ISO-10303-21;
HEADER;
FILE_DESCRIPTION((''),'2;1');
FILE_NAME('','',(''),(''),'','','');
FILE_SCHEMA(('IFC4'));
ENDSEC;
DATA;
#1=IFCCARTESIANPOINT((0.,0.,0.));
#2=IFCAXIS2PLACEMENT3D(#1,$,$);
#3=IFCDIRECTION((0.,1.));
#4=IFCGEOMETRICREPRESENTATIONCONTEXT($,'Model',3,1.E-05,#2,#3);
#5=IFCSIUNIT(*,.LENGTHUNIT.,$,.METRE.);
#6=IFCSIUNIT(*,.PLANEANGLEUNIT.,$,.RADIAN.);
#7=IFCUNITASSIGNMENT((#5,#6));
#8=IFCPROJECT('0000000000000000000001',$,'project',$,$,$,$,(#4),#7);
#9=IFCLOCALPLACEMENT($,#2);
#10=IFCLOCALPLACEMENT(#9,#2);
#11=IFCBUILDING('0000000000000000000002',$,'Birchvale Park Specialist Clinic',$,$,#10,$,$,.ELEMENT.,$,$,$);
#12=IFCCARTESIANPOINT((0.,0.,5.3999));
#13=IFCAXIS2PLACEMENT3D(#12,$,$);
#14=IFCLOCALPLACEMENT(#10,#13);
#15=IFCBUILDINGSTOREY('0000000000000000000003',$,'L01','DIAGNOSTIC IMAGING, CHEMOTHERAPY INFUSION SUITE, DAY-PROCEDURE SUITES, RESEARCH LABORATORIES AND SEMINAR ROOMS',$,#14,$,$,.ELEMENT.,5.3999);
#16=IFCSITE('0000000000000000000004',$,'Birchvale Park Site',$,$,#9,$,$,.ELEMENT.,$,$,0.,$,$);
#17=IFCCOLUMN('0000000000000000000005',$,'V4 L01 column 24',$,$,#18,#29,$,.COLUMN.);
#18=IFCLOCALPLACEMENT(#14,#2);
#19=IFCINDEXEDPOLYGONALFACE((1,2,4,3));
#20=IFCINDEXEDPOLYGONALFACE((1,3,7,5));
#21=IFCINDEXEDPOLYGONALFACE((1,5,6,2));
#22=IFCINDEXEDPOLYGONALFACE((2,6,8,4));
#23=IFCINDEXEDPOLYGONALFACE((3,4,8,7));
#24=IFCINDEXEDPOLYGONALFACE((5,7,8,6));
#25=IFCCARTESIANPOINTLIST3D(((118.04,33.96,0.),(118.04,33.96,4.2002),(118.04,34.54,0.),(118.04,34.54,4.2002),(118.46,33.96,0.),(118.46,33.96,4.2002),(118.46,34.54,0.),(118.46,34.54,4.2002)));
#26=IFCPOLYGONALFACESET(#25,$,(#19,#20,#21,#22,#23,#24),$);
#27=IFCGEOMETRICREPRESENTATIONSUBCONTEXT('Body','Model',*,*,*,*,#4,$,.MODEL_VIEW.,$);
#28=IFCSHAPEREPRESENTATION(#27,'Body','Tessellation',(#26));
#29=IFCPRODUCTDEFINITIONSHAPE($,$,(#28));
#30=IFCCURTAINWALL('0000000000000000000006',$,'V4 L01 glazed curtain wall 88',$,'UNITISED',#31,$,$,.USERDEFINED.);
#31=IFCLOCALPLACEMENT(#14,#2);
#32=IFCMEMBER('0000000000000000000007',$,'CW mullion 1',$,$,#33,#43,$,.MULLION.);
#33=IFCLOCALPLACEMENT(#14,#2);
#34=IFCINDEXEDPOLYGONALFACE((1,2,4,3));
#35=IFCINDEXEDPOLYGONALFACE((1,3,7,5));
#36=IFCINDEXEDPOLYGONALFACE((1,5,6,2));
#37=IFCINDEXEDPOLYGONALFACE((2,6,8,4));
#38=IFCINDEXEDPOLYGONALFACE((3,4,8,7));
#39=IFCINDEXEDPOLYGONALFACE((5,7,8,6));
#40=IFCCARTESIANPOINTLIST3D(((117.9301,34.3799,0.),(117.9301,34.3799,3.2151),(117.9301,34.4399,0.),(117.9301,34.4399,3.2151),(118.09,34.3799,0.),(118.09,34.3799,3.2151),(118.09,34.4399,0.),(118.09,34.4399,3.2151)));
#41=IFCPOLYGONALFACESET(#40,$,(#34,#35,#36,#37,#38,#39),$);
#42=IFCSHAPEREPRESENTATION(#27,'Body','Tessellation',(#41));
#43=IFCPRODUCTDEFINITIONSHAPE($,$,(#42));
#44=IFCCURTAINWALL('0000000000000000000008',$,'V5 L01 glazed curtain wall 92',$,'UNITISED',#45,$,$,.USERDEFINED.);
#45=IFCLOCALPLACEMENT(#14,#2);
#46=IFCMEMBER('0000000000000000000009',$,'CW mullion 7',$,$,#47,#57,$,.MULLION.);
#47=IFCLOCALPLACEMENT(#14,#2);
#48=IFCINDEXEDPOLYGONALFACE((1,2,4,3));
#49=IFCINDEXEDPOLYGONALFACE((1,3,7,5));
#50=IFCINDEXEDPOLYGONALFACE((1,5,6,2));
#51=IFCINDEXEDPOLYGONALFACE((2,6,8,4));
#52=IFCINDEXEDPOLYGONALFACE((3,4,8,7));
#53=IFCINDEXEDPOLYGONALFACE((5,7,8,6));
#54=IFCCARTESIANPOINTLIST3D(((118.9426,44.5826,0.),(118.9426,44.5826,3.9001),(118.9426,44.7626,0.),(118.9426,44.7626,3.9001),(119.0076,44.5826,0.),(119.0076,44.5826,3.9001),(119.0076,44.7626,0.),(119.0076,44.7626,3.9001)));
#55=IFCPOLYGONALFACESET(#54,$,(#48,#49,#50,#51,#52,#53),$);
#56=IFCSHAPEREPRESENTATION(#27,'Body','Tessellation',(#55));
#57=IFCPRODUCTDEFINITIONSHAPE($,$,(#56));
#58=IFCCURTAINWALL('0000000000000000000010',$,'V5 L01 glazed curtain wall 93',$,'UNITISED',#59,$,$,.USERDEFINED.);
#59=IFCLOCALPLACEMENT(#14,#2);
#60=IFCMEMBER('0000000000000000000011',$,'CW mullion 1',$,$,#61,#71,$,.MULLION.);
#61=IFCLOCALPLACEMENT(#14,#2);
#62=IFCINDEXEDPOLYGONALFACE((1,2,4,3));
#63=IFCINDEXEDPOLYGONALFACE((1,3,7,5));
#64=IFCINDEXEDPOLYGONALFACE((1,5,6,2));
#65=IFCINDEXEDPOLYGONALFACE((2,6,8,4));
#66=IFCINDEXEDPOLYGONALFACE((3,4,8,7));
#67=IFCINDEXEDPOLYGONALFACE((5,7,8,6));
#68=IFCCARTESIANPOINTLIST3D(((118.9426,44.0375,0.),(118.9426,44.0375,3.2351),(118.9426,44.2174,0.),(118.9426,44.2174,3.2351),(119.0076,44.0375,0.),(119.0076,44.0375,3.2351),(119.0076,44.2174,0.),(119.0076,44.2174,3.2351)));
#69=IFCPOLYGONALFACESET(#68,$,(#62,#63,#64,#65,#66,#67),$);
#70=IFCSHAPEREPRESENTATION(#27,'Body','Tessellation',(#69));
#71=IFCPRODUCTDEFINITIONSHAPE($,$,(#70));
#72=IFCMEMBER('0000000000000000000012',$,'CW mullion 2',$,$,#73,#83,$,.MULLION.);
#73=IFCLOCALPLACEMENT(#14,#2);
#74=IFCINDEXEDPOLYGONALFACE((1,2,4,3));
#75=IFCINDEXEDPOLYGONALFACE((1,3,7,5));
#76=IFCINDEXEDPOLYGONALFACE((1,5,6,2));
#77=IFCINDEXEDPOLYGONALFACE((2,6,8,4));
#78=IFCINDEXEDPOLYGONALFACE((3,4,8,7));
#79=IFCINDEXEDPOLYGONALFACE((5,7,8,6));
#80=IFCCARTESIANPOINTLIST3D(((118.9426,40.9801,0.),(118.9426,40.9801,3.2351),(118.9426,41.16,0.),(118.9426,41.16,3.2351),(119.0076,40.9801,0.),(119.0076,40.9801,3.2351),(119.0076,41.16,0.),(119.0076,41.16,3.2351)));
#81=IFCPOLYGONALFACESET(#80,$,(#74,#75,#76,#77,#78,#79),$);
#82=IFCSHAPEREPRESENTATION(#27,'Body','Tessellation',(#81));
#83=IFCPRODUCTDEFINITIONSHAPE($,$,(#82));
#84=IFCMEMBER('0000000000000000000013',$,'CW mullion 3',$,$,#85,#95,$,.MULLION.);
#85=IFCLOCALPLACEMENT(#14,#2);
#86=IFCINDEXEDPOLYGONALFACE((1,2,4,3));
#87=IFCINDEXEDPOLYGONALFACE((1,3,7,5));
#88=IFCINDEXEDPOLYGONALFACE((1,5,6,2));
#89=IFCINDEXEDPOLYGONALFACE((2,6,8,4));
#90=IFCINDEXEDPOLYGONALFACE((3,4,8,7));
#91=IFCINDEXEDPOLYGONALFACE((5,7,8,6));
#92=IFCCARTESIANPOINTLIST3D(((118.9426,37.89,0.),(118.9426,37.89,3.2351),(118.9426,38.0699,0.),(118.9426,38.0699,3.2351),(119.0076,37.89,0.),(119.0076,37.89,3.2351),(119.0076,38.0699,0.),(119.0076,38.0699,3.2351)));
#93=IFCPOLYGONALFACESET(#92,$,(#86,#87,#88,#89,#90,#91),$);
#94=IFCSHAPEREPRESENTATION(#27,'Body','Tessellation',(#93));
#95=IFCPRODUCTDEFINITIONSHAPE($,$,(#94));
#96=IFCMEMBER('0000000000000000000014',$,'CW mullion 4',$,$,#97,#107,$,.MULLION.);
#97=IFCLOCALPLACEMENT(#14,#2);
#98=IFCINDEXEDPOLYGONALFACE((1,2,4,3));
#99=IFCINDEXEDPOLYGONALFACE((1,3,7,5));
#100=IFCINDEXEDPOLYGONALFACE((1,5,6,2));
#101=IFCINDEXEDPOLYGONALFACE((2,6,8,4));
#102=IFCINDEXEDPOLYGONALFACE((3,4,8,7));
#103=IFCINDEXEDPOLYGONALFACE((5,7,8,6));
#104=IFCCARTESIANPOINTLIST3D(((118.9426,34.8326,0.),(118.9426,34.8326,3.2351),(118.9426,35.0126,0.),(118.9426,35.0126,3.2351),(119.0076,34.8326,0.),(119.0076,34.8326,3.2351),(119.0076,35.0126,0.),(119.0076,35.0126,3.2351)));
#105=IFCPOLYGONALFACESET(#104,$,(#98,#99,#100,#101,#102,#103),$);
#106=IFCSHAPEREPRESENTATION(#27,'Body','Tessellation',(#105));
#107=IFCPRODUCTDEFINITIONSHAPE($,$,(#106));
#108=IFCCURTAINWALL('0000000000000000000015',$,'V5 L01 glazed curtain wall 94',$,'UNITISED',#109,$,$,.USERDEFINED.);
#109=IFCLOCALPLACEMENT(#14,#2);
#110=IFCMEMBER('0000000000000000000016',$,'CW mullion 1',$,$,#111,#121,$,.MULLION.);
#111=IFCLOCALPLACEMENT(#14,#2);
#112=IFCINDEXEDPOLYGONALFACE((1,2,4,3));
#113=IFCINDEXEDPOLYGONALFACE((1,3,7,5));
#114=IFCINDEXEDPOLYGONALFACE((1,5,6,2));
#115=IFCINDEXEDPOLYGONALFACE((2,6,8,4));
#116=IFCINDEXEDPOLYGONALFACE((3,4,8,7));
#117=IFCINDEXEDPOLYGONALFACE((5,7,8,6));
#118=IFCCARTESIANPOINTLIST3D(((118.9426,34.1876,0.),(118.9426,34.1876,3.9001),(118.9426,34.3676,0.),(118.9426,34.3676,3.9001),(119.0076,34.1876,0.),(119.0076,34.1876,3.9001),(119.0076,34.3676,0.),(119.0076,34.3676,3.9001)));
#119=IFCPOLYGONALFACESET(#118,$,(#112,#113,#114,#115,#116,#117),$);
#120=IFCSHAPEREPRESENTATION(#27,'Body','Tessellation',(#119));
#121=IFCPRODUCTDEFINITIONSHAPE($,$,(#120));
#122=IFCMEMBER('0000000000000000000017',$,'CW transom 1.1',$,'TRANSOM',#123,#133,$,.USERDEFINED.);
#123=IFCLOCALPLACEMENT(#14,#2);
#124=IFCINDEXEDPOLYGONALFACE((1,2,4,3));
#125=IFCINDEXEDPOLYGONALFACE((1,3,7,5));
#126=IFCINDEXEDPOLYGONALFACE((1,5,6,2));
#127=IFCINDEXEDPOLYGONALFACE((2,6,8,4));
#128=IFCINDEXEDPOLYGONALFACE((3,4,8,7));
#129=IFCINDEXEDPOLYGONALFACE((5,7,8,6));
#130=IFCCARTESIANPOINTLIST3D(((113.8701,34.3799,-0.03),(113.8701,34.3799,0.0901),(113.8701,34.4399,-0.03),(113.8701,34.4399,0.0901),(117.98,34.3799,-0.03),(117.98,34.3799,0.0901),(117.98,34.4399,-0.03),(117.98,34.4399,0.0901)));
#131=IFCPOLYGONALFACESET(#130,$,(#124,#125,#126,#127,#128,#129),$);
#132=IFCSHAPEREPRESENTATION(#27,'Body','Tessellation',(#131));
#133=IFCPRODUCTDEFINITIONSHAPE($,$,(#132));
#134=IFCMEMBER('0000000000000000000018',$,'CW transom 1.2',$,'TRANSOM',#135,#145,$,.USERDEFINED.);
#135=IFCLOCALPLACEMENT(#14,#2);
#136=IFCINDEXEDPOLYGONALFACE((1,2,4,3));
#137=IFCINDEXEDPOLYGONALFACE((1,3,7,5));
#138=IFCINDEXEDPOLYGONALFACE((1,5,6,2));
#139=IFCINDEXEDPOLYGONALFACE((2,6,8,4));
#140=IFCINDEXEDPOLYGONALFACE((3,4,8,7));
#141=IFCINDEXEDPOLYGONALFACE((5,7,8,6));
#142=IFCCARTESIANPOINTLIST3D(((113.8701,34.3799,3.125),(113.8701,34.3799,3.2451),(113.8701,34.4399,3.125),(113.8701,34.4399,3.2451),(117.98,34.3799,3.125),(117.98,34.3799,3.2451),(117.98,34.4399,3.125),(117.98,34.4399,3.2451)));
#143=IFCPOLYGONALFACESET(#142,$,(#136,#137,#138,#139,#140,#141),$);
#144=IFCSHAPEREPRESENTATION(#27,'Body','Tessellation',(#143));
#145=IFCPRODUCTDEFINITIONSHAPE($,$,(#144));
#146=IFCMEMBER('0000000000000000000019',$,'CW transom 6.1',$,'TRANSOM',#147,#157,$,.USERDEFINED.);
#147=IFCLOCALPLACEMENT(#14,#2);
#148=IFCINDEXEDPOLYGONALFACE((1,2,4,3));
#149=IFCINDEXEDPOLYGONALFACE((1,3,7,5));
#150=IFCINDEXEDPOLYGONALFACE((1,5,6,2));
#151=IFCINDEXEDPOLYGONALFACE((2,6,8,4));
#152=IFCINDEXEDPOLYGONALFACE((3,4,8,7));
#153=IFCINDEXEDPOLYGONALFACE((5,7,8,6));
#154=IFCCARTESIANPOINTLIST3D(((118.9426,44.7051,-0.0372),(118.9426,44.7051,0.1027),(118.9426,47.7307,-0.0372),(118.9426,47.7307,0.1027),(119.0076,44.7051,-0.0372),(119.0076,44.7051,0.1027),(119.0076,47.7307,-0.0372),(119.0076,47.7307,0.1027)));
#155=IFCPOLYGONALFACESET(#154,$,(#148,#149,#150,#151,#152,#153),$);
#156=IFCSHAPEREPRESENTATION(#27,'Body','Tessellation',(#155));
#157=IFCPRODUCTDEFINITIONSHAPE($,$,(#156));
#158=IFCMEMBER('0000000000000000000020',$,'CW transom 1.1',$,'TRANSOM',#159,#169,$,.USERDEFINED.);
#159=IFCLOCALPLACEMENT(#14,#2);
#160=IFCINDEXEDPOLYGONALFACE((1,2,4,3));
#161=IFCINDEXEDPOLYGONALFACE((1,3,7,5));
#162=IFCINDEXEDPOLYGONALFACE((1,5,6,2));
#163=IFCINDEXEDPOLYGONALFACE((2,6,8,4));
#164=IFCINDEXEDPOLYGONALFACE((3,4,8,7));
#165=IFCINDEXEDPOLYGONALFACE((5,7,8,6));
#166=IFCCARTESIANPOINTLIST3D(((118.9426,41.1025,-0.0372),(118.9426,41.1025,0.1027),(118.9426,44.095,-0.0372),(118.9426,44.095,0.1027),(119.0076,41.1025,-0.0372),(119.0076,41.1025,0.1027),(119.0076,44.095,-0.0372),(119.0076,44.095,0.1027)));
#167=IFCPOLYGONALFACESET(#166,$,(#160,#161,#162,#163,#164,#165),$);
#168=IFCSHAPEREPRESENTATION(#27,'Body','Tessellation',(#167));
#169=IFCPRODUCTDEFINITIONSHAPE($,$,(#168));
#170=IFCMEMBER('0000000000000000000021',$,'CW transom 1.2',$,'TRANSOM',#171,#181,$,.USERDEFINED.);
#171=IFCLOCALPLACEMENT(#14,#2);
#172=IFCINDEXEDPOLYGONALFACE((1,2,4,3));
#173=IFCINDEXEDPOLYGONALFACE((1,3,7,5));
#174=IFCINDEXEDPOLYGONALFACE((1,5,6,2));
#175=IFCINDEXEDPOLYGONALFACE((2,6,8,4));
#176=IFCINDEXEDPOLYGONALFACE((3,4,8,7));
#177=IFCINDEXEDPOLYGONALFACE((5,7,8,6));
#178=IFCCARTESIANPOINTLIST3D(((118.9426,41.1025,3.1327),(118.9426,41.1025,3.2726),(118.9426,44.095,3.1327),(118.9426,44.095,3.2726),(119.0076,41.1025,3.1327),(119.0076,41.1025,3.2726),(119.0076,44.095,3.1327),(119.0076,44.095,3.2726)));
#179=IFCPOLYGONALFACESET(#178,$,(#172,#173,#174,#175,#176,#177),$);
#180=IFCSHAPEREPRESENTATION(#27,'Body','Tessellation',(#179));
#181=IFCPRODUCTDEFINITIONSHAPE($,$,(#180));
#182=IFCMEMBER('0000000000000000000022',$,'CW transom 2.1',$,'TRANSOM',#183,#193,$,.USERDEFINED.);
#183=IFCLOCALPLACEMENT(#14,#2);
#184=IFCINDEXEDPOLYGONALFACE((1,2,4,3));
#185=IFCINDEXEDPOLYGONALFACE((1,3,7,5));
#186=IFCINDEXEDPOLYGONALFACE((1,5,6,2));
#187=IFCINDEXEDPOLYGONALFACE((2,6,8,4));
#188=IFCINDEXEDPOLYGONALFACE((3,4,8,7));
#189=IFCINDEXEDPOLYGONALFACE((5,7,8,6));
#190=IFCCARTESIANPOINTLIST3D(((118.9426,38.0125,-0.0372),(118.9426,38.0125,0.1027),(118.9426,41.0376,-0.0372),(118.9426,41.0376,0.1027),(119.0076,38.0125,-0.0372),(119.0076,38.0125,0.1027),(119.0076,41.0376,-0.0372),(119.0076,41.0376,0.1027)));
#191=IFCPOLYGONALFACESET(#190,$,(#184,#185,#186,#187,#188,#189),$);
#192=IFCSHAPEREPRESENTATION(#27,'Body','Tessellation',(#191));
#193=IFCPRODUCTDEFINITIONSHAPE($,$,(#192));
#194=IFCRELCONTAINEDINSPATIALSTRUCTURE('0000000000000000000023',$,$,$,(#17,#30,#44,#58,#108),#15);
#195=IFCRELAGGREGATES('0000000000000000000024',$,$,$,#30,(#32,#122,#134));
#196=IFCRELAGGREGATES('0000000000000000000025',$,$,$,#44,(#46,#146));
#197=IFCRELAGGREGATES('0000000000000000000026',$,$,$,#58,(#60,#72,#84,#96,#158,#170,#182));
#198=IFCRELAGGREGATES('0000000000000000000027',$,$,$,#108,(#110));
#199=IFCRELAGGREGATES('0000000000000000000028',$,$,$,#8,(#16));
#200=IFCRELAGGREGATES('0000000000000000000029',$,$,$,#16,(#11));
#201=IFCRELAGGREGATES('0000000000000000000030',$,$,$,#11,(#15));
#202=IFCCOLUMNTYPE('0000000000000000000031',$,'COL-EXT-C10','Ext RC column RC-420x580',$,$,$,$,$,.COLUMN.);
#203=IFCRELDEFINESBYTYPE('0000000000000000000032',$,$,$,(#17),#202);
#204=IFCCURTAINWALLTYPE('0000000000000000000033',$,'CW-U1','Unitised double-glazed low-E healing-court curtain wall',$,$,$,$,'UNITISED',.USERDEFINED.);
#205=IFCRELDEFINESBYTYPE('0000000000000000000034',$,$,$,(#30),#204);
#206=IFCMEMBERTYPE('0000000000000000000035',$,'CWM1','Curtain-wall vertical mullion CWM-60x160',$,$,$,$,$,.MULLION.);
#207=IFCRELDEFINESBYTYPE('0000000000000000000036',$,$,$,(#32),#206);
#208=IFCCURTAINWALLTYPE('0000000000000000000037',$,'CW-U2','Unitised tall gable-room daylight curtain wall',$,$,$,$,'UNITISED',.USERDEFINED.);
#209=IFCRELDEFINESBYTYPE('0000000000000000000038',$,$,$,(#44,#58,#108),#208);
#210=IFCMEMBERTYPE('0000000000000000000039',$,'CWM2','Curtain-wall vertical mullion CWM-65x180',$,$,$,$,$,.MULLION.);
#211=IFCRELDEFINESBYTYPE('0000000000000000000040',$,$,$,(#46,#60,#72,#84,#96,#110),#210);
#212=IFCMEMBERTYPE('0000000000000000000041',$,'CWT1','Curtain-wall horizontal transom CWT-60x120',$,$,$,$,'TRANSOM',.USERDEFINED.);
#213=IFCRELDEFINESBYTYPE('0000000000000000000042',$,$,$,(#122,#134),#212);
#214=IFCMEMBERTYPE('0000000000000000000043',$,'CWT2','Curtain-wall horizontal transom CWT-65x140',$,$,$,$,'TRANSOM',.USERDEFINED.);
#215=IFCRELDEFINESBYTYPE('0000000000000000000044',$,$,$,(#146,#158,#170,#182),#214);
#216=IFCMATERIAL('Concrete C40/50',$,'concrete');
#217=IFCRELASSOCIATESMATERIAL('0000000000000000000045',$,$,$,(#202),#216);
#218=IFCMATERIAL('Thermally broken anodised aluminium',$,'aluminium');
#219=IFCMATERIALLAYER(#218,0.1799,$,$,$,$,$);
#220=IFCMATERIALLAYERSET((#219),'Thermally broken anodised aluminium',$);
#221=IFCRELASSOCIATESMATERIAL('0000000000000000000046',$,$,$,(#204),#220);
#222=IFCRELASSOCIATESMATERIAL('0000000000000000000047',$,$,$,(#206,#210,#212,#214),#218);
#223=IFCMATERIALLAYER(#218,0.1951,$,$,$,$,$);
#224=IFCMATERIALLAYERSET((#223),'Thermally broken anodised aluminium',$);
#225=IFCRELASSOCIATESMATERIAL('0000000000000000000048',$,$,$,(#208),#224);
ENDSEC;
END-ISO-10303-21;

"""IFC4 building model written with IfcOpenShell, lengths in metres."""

from ifc_helpers import new_model, si_unit, direction, frame, origin, origin_2d, place, context, subcontext, project, spatial, rectangle, extrude, material, layer, layer_set, material_profile, profile_set, type_object, element, aggregate, save


model = new_model("IFC4")

# Units and contexts
model_context = context("Model", 3, precision=1e-05, world=origin(), true_north=direction((0.0, 1.0)))
body_context = subcontext(model_context, "Body", "Model", "MODEL_VIEW")
ifc_project = project(units=[si_unit("LENGTHUNIT", "METRE"), si_unit("PLANEANGLEUNIT", "RADIAN")], contexts=[model_context])

# Site, building, storey
site_placement = place(None, origin())
site = spatial("IfcSite", under=ifc_project, at=site_placement, Name="Birchvale Park Site", CompositionType="ELEMENT", RefElevation=0.0)
building_placement = place(site_placement, origin())
building = spatial("IfcBuilding", under=site, at=building_placement, Name="Birchvale Park Specialist Clinic", CompositionType="ELEMENT")
storey_placement = place(building_placement, frame((0.0, 0.0, 5.3999)))
storey = spatial("IfcBuildingStorey", under=building, at=storey_placement, Name="L01", Description="DIAGNOSTIC IMAGING, CHEMOTHERAPY INFUSION SUITE, DAY-PROCEDURE SUITES, RESEARCH LABORATORIES AND SEMINAR ROOMS", CompositionType="ELEMENT", Elevation=5.3999)

# Column
ifc_material_1 = material(Name="Concrete C40/50", Category="concrete")
ifc_material_profile_1 = material_profile(ifc_material_1, rectangle(XDim=0.4199, YDim=0.5801, at=origin_2d()), Name="RC-420x580")
ifc_profile_set_1 = profile_set([ifc_material_profile_1], Name="Concrete C40/50")
column_type = type_object("IfcColumnType", Name="COL-EXT-C10", Description="Ext RC column RC-420x580", PredefinedType="COLUMN", material=ifc_profile_set_1)
column_placement = place(storey_placement, frame((118.25, 34.25, 0.0), z_axis=(0.0, 0.0, 1.0), x_axis=(1.0, 0.0, 0.0)))
element("IfcColumn", 1, at=column_placement, inside=storey, type_object=column_type, Name="V4 L01 column 24", PredefinedType="COLUMN", context=body_context, shape_type="SweptSolid", body=[
    extrude(rectangle(XDim=0.4199, YDim=0.5801, at=origin_2d()), origin(), (0.0, 0.0, 1.0), 4.2002),
])

# Curtain walls, members
ifc_material_2 = material(Name="Thermally broken anodised aluminium", Category="aluminium")
ifc_layer_1 = layer(ifc_material_2, 0.1799)
ifc_layer_set_1 = layer_set([ifc_layer_1], Name="Thermally broken anodised aluminium")
curtain_wall_type_1 = type_object("IfcCurtainWallType", Name="CW-U1", Description="Unitised double-glazed low-E healing-court curtain wall", ElementType="UNITISED", PredefinedType="USERDEFINED", material=ifc_layer_set_1)
curtain_wall_1_placement = place(storey_placement, origin())
curtain_wall_1 = element("IfcCurtainWall", 2, at=curtain_wall_1_placement, inside=storey, type_object=curtain_wall_type_1, Name="V4 L01 glazed curtain wall 88", ObjectType="UNITISED", PredefinedType="USERDEFINED")
ifc_material_profile_2 = material_profile(ifc_material_2, rectangle(XDim=0.0601, YDim=0.1599, at=origin_2d()), Name="CWM-60x160")
ifc_profile_set_2 = profile_set([ifc_material_profile_2], Name="Thermally broken anodised aluminium")
member_type_1 = type_object("IfcMemberType", Name="CWM1", Description="Curtain-wall vertical mullion CWM-60x160", PredefinedType="MULLION", material=ifc_profile_set_2)
member_1_placement = place(storey_placement, frame((118.01, 34.4099, 0.0), z_axis=(0.0, 0.0, 1.0), x_axis=(0.0, -1.0, 0.0)))
member_1 = element("IfcMember", 3, at=member_1_placement, type_object=member_type_1, Name="CW mullion 1", PredefinedType="MULLION", context=body_context, shape_type="SweptSolid", body=[
    extrude(rectangle(XDim=0.0601, YDim=0.1599, at=origin_2d()), origin(), (0.0, 0.0, 1.0), 3.2151),
])
ifc_layer_2 = layer(ifc_material_2, 0.1951)
ifc_layer_set_2 = layer_set([ifc_layer_2], Name="Thermally broken anodised aluminium")
curtain_wall_type_2 = type_object("IfcCurtainWallType", Name="CW-U2", Description="Unitised tall gable-room daylight curtain wall", ElementType="UNITISED", PredefinedType="USERDEFINED", material=ifc_layer_set_2)
curtain_wall_2_placement = place(storey_placement, origin())
curtain_wall_2 = element("IfcCurtainWall", 4, at=curtain_wall_2_placement, inside=storey, type_object=curtain_wall_type_2, Name="V5 L01 glazed curtain wall 92", ObjectType="UNITISED", PredefinedType="USERDEFINED")
ifc_material_profile_3 = material_profile(ifc_material_2, rectangle(XDim=0.0649, YDim=0.1799, at=origin_2d()), Name="CWM-65x180")
ifc_profile_set_3 = profile_set([ifc_material_profile_3], Name="Thermally broken anodised aluminium")
member_type_2 = type_object("IfcMemberType", Name="CWM2", Description="Curtain-wall vertical mullion CWM-65x180", PredefinedType="MULLION", material=ifc_profile_set_3)
member_2_placement = place(storey_placement, frame((118.9751, 44.6726, 0.0), z_axis=(0.0, 0.0, 1.0), x_axis=(1.0, 0.0, 0.0)))
member_2 = element("IfcMember", 5, at=member_2_placement, type_object=member_type_2, Name="CW mullion 7", PredefinedType="MULLION", context=body_context, shape_type="SweptSolid", body=[
    extrude(rectangle(XDim=0.0649, YDim=0.1799, at=origin_2d()), origin(), (0.0, 0.0, 1.0), 3.9001),
])

# Curtain wall, members
curtain_wall_3_placement = place(storey_placement, origin())
curtain_wall_3 = element("IfcCurtainWall", 6, at=curtain_wall_3_placement, inside=storey, type_object=curtain_wall_type_2, Name="V5 L01 glazed curtain wall 93", ObjectType="UNITISED", PredefinedType="USERDEFINED")
member_3_placement = place(storey_placement, frame((118.9751, 44.1274, 0.0), z_axis=(0.0, 0.0, 1.0), x_axis=(1.0, 0.0, 0.0)))
member_3 = element("IfcMember", 7, at=member_3_placement, type_object=member_type_2, Name="CW mullion 1", PredefinedType="MULLION", context=body_context, shape_type="SweptSolid", body=[
    extrude(rectangle(XDim=0.0649, YDim=0.1799, at=origin_2d()), origin(), (0.0, 0.0, 1.0), 3.2351),
])
member_4_placement = place(storey_placement, frame((118.9751, 41.0701, 0.0), z_axis=(0.0, 0.0, 1.0), x_axis=(1.0, 0.0, 0.0)))
member_4 = element("IfcMember", 8, at=member_4_placement, type_object=member_type_2, Name="CW mullion 2", PredefinedType="MULLION", context=body_context, shape_type="SweptSolid", body=[
    extrude(rectangle(XDim=0.0649, YDim=0.1799, at=origin_2d()), origin(), (0.0, 0.0, 1.0), 3.2351),
])
member_5_placement = place(storey_placement, frame((118.9751, 37.98, 0.0), z_axis=(0.0, 0.0, 1.0), x_axis=(1.0, 0.0, 0.0)))
member_5 = element("IfcMember", 9, at=member_5_placement, type_object=member_type_2, Name="CW mullion 3", PredefinedType="MULLION", context=body_context, shape_type="SweptSolid", body=[
    extrude(rectangle(XDim=0.0649, YDim=0.1799, at=origin_2d()), origin(), (0.0, 0.0, 1.0), 3.2351),
])
member_6_placement = place(storey_placement, frame((118.9751, 34.9226, 0.0), z_axis=(0.0, 0.0, 1.0), x_axis=(1.0, 0.0, 0.0)))
member_6 = element("IfcMember", 10, at=member_6_placement, type_object=member_type_2, Name="CW mullion 4", PredefinedType="MULLION", context=body_context, shape_type="SweptSolid", body=[
    extrude(rectangle(XDim=0.0649, YDim=0.1799, at=origin_2d()), origin(), (0.0, 0.0, 1.0), 3.2351),
])

# Curtain wall, member
curtain_wall_4_placement = place(storey_placement, origin())
curtain_wall_4 = element("IfcCurtainWall", 11, at=curtain_wall_4_placement, inside=storey, type_object=curtain_wall_type_2, Name="V5 L01 glazed curtain wall 94", ObjectType="UNITISED", PredefinedType="USERDEFINED")
member_7_placement = place(storey_placement, frame((118.9751, 34.2776, 0.0), z_axis=(0.0, 0.0, 1.0), x_axis=(1.0, 0.0, 0.0)))
member_7 = element("IfcMember", 12, at=member_7_placement, type_object=member_type_2, Name="CW mullion 1", PredefinedType="MULLION", context=body_context, shape_type="SweptSolid", body=[
    extrude(rectangle(XDim=0.0649, YDim=0.1799, at=origin_2d()), origin(), (0.0, 0.0, 1.0), 3.9001),
])

# Members
ifc_material_profile_4 = material_profile(ifc_material_2, rectangle(XDim=0.0601, YDim=0.1201, at=origin_2d()), Name="CWT-60x120")
ifc_profile_set_4 = profile_set([ifc_material_profile_4], Name="Thermally broken anodised aluminium")
member_type_3 = type_object("IfcMemberType", Name="CWT1", Description="Curtain-wall horizontal transom CWT-60x120", ElementType="TRANSOM", PredefinedType="USERDEFINED", material=ifc_profile_set_4)
member_8_placement = place(storey_placement, frame((117.98, 34.4099, 0.03), z_axis=(-1.0, 0.0, 0.0), x_axis=(0.0, -1.0, 0.0)))
member_8 = element("IfcMember", 13, at=member_8_placement, type_object=member_type_3, Name="CW transom 1.1", ObjectType="TRANSOM", PredefinedType="USERDEFINED", context=body_context, shape_type="SweptSolid", body=[
    extrude(rectangle(XDim=0.0601, YDim=0.1201, at=origin_2d()), origin(), (0.0, 0.0, 1.0), 4.1099),
])
member_9_placement = place(storey_placement, frame((117.98, 34.4099, 3.1851), z_axis=(-1.0, 0.0, 0.0), x_axis=(0.0, -1.0, 0.0)))
member_9 = element("IfcMember", 14, at=member_9_placement, type_object=member_type_3, Name="CW transom 1.2", ObjectType="TRANSOM", PredefinedType="USERDEFINED", context=body_context, shape_type="SweptSolid", body=[
    extrude(rectangle(XDim=0.0601, YDim=0.1201, at=origin_2d()), origin(), (0.0, 0.0, 1.0), 4.1099),
])
ifc_material_profile_5 = material_profile(ifc_material_2, rectangle(XDim=0.0649, YDim=0.1399, at=origin_2d()), Name="CWT-65x140")
ifc_profile_set_5 = profile_set([ifc_material_profile_5], Name="Thermally broken anodised aluminium")
member_type_4 = type_object("IfcMemberType", Name="CWT2", Description="Curtain-wall horizontal transom CWT-65x140", ElementType="TRANSOM", PredefinedType="USERDEFINED", material=ifc_profile_set_5)
member_10_placement = place(storey_placement, frame((118.9751, 47.7307, 0.0327), z_axis=(0.0, -1.0, 0.0), x_axis=(1.0, 0.0, 0.0)))
member_10 = element("IfcMember", 15, at=member_10_placement, type_object=member_type_4, Name="CW transom 6.1", ObjectType="TRANSOM", PredefinedType="USERDEFINED", context=body_context, shape_type="SweptSolid", body=[
    extrude(rectangle(XDim=0.0649, YDim=0.1399, at=origin_2d()), origin(), (0.0, 0.0, 1.0), 3.0256),
])
member_11_placement = place(storey_placement, frame((118.9751, 44.095, 0.0327), z_axis=(0.0, -1.0, 0.0), x_axis=(1.0, 0.0, 0.0)))
member_11 = element("IfcMember", 16, at=member_11_placement, type_object=member_type_4, Name="CW transom 1.1", ObjectType="TRANSOM", PredefinedType="USERDEFINED", context=body_context, shape_type="SweptSolid", body=[
    extrude(rectangle(XDim=0.0649, YDim=0.1399, at=origin_2d()), origin(), (0.0, 0.0, 1.0), 2.9924),
])
member_12_placement = place(storey_placement, frame((118.9751, 44.095, 3.2026), z_axis=(0.0, -1.0, 0.0), x_axis=(1.0, 0.0, 0.0)))
member_12 = element("IfcMember", 17, at=member_12_placement, type_object=member_type_4, Name="CW transom 1.2", ObjectType="TRANSOM", PredefinedType="USERDEFINED", context=body_context, shape_type="SweptSolid", body=[
    extrude(rectangle(XDim=0.0649, YDim=0.1399, at=origin_2d()), origin(), (0.0, 0.0, 1.0), 2.9924),
])
member_13_placement = place(storey_placement, frame((118.9751, 41.0376, 0.0327), z_axis=(0.0, -1.0, 0.0), x_axis=(1.0, 0.0, 0.0)))
member_13 = element("IfcMember", 18, at=member_13_placement, type_object=member_type_4, Name="CW transom 2.1", ObjectType="TRANSOM", PredefinedType="USERDEFINED", context=body_context, shape_type="SweptSolid", body=[
    extrude(rectangle(XDim=0.0649, YDim=0.1399, at=origin_2d()), origin(), (0.0, 0.0, 1.0), 3.0251),
])

aggregate(curtain_wall_1, [member_1, member_8, member_9])
aggregate(curtain_wall_2, [member_2, member_10])
aggregate(curtain_wall_3, [member_3, member_4, member_5, member_6, member_11, member_12, member_13])
aggregate(curtain_wall_4, [member_7])

save(model, "model.ifc")
